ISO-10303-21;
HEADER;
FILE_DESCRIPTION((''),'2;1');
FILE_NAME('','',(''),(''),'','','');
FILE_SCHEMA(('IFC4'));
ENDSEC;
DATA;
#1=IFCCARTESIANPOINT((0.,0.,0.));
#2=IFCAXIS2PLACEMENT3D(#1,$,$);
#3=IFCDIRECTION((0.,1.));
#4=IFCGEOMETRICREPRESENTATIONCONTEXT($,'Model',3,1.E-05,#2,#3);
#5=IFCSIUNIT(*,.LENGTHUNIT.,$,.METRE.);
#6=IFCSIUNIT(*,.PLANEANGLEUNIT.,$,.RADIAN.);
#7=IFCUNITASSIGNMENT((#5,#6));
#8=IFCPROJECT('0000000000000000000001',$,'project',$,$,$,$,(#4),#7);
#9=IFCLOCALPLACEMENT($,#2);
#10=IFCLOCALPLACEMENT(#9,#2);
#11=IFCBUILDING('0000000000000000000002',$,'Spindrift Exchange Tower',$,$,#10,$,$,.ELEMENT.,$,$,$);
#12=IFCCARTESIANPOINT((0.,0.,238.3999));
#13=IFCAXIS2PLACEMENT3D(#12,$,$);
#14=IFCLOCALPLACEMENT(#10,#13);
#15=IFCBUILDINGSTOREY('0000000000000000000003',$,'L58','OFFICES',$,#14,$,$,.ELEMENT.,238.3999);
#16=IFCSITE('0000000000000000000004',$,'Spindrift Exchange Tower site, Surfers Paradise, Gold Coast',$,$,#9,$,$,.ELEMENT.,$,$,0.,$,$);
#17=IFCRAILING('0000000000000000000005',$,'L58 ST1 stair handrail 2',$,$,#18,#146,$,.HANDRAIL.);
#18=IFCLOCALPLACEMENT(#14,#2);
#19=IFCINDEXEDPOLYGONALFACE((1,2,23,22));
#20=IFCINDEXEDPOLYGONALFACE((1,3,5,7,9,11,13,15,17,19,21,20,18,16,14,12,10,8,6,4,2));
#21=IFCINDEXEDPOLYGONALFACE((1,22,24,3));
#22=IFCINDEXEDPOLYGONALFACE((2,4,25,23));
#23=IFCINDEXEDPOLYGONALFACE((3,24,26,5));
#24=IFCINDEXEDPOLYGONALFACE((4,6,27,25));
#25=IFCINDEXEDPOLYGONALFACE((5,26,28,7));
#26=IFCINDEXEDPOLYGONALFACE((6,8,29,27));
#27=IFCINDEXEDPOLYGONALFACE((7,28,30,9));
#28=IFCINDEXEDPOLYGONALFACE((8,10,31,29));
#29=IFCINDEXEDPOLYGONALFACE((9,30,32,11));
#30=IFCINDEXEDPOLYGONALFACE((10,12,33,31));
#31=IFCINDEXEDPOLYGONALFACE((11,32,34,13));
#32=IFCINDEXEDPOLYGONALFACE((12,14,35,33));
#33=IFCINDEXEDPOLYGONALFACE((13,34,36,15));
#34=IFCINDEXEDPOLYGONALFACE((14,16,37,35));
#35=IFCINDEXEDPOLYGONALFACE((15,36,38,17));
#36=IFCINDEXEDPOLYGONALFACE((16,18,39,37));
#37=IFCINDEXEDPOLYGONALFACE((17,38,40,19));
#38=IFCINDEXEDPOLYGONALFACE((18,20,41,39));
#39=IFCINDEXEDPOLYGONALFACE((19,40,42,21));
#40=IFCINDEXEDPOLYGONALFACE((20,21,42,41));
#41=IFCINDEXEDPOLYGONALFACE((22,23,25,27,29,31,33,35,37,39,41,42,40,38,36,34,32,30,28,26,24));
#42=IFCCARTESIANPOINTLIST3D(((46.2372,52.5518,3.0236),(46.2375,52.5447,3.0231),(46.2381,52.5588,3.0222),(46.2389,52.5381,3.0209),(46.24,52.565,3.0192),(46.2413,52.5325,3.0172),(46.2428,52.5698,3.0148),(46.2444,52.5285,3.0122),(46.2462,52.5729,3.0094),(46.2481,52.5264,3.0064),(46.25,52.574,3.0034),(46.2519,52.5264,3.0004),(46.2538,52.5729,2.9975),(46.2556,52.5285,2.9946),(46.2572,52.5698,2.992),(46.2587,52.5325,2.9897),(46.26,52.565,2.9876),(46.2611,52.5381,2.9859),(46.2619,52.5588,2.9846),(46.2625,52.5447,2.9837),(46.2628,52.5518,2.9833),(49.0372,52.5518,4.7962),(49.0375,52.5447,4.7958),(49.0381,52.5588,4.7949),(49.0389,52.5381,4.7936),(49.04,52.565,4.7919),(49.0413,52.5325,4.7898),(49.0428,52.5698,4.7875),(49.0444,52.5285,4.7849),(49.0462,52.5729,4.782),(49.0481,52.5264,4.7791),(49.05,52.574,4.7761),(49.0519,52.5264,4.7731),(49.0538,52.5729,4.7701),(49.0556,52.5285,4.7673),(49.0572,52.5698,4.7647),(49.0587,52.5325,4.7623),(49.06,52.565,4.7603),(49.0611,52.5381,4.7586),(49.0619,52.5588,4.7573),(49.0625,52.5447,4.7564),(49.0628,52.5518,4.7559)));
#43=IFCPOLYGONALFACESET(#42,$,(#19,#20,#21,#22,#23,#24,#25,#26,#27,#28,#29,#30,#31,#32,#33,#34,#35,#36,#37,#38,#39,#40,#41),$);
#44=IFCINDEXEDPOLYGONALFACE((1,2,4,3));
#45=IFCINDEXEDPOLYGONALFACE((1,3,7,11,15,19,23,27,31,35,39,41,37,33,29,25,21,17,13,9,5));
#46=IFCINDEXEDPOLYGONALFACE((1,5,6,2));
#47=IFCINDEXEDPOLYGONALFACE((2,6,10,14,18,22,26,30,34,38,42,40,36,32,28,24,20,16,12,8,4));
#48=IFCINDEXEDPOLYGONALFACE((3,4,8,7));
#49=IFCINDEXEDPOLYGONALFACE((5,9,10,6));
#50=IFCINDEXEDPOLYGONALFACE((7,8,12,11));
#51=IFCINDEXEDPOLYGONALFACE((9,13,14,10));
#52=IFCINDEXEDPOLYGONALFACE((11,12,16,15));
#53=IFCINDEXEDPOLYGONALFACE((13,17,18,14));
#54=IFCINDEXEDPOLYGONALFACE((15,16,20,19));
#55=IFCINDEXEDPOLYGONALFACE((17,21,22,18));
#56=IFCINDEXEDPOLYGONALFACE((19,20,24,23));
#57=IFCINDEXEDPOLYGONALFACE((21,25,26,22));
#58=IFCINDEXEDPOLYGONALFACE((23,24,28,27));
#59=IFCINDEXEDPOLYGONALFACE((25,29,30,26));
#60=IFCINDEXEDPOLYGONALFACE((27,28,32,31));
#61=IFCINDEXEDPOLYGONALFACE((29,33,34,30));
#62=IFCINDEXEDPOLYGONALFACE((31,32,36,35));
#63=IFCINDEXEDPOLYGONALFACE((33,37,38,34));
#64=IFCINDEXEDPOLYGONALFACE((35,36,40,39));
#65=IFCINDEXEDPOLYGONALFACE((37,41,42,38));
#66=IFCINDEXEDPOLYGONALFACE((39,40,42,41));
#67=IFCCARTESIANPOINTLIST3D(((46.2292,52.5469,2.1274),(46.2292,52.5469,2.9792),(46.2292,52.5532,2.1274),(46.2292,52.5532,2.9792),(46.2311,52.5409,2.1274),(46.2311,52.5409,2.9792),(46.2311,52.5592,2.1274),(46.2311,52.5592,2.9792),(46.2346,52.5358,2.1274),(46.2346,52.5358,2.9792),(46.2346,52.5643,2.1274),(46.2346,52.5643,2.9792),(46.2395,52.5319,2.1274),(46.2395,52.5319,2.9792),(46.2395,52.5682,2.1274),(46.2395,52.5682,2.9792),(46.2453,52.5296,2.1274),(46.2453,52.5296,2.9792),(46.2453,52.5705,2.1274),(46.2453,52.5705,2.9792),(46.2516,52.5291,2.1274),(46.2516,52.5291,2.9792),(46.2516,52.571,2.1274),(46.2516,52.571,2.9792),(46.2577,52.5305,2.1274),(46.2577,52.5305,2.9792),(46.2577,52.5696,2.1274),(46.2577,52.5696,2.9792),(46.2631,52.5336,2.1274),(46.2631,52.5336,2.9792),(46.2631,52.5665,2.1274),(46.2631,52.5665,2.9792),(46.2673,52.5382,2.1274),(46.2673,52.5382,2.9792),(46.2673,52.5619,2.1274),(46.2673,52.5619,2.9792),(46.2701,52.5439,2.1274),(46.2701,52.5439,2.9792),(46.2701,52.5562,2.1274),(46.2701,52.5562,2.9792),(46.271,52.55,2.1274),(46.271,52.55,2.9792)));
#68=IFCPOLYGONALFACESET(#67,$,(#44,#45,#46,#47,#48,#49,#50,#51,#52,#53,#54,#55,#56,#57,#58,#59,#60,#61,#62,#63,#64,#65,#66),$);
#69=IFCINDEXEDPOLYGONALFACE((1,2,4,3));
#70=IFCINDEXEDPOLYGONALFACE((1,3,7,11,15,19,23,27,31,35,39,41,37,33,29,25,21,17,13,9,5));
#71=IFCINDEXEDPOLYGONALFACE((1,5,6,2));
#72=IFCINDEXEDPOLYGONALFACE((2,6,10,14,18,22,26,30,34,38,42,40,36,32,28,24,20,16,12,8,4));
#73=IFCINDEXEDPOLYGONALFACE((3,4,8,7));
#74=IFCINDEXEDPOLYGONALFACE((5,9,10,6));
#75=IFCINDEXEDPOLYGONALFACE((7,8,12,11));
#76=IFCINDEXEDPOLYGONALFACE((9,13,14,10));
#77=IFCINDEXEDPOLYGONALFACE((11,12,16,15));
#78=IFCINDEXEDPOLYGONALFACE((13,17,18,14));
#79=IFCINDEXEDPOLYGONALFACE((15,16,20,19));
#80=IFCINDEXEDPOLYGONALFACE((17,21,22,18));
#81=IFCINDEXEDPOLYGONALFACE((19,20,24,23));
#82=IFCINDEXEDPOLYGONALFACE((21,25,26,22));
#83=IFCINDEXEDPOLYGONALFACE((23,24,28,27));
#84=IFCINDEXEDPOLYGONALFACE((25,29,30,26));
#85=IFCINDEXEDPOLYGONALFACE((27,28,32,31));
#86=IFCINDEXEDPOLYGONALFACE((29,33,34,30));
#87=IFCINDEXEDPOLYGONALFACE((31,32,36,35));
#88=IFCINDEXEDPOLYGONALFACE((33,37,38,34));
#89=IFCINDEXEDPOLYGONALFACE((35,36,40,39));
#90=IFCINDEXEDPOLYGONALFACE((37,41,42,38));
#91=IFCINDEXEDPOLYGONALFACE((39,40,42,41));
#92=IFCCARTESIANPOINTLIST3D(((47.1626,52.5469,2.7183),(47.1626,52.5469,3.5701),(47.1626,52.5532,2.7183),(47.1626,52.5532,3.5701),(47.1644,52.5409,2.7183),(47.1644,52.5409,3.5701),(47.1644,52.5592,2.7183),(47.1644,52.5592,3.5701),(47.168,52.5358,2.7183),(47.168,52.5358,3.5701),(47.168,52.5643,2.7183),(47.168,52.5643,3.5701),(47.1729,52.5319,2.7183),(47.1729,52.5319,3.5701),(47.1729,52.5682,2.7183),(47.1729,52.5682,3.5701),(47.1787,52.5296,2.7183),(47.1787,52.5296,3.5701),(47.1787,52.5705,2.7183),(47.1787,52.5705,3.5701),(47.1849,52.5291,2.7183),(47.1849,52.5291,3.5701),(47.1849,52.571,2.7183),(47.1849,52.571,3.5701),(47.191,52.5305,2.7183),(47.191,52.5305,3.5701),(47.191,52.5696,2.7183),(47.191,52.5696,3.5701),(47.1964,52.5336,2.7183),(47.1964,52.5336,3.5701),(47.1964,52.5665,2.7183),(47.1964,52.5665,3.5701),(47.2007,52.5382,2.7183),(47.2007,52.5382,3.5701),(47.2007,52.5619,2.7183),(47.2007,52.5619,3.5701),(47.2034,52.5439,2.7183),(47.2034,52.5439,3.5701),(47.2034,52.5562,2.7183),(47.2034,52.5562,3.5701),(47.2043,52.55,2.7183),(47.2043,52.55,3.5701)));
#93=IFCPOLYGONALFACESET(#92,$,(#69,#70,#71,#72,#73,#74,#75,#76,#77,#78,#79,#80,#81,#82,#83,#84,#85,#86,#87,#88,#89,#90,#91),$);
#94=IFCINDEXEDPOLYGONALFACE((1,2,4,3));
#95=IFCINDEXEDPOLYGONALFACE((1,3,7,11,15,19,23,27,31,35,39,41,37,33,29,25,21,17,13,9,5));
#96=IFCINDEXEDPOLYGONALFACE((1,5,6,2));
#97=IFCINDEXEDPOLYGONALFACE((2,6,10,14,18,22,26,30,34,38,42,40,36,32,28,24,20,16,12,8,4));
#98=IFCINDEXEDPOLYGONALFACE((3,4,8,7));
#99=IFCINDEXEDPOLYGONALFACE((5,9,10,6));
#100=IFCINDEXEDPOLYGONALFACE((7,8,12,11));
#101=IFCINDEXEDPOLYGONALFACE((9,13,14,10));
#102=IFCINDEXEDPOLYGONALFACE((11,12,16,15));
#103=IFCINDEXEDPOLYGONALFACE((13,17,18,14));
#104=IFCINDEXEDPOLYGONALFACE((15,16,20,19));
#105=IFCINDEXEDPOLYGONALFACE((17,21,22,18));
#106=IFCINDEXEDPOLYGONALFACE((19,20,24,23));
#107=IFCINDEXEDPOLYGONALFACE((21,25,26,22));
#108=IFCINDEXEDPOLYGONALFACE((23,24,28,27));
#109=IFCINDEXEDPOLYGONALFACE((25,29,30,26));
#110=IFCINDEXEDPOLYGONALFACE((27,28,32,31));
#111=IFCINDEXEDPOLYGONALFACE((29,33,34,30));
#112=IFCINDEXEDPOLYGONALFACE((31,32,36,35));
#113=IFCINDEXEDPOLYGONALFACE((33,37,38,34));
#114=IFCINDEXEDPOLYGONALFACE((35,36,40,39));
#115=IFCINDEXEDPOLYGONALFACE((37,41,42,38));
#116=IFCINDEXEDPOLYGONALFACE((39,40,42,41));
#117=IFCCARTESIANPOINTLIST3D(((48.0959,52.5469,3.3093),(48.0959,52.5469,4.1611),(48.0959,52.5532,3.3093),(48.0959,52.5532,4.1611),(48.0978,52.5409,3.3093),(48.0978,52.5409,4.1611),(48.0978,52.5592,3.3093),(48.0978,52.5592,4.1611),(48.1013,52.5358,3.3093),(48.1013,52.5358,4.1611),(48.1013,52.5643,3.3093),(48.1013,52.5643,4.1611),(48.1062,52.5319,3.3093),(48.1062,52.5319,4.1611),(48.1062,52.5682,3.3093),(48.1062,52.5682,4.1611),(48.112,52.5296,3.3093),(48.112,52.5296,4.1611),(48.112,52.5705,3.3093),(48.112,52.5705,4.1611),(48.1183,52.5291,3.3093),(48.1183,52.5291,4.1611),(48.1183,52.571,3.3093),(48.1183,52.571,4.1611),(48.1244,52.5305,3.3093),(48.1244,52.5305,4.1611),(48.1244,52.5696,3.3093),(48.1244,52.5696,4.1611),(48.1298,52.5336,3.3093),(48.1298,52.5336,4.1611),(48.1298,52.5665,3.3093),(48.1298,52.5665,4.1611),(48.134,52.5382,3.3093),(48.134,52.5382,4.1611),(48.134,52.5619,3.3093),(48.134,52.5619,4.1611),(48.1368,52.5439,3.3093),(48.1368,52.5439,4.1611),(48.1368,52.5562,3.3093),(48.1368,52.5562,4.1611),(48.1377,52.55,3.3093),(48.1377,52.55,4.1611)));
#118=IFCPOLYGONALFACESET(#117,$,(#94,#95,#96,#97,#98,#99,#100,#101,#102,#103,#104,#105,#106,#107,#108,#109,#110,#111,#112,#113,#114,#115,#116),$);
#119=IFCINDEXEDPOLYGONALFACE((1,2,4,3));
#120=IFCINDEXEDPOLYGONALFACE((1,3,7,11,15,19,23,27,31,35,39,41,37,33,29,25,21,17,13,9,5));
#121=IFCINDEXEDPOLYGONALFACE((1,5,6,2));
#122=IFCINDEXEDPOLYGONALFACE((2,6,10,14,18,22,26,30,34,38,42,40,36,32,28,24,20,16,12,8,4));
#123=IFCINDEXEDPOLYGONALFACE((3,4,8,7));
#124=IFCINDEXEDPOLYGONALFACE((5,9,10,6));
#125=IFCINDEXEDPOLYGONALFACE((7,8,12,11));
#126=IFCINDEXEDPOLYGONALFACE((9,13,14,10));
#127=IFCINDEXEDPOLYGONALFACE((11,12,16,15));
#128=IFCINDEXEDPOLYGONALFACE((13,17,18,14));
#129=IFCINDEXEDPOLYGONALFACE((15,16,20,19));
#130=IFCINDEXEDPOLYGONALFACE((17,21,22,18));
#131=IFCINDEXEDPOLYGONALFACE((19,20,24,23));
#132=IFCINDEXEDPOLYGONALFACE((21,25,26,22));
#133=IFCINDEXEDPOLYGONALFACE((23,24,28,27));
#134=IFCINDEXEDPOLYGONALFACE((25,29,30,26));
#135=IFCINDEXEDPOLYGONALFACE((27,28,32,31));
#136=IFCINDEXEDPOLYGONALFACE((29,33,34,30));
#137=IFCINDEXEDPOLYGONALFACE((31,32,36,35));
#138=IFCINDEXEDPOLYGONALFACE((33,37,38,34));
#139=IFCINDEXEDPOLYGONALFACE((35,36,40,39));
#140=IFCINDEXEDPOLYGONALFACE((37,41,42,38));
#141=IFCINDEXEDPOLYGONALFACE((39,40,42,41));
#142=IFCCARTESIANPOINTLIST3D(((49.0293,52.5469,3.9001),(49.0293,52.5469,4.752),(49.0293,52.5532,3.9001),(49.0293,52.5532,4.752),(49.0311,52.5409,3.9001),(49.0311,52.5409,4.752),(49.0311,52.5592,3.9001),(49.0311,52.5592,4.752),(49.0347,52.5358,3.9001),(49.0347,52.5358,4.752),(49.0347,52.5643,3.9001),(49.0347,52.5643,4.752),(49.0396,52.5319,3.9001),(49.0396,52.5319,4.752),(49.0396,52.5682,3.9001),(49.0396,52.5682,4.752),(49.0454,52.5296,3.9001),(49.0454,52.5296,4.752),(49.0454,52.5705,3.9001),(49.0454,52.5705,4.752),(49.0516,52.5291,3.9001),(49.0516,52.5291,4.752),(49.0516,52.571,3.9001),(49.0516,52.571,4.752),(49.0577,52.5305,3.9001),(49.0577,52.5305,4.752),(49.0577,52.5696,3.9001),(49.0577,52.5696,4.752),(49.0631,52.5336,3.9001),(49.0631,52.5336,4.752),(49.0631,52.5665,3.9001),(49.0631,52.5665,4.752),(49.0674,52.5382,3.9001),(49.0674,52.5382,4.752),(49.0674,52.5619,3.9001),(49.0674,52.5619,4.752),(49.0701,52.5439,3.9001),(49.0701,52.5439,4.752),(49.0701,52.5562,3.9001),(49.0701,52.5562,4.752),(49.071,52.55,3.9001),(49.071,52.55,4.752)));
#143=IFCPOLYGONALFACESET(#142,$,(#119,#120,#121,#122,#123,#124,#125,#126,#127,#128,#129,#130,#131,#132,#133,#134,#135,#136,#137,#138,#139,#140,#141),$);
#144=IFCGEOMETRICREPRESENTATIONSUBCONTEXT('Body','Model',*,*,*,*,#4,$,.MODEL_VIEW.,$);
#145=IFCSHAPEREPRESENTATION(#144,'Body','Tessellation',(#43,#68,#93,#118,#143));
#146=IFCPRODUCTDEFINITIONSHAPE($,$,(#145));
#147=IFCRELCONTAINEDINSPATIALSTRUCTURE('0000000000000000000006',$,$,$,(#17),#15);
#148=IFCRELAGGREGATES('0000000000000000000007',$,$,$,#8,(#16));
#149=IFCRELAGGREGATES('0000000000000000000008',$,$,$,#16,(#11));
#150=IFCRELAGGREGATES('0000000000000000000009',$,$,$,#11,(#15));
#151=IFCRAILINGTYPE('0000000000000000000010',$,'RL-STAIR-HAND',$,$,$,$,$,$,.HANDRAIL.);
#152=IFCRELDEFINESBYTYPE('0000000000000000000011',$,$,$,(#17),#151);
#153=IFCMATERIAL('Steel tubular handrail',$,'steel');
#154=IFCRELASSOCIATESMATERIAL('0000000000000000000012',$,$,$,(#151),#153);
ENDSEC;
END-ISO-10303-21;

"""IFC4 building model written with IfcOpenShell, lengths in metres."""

from ifc_helpers import new_model, si_unit, direction, frame, origin, origin_2d, place, context, subcontext, project, spatial, circle, extrude, material, type_object, element, save


model = new_model("IFC4")

# Units and contexts
model_context = context("Model", 3, precision=1e-05, world=origin(), true_north=direction((0.0, 1.0)))
body_context = subcontext(model_context, "Body", "Model", "MODEL_VIEW")
ifc_project = project(units=[si_unit("LENGTHUNIT", "METRE"), si_unit("PLANEANGLEUNIT", "RADIAN")], contexts=[model_context])

# Site, building, storey
site_placement = place(None, origin())
site = spatial("IfcSite", under=ifc_project, at=site_placement, Name="Spindrift Exchange Tower site, Surfers Paradise, Gold Coast", CompositionType="ELEMENT", RefElevation=0.0)
building_placement = place(site_placement, origin())
building = spatial("IfcBuilding", under=site, at=building_placement, Name="Spindrift Exchange Tower", CompositionType="ELEMENT")
storey_placement = place(building_placement, frame((0.0, 0.0, 238.3999)))
storey = spatial("IfcBuildingStorey", under=building, at=storey_placement, Name="L58", Description="OFFICES", CompositionType="ELEMENT", Elevation=238.3999)

# Railing
ifc_material_1 = material(Name="Steel tubular handrail", Category="steel")
railing_type_1 = type_object("IfcRailingType", Name="RL-STAIR-HAND", PredefinedType="HANDRAIL", material=ifc_material_1)
railing_1_placement = place(storey_placement, frame((46.25, 52.55, 2.1274)))
element("IfcRailing", 1, at=railing_1_placement, inside=storey, type_object=railing_type_1, Name="L58 ST1 stair handrail 2", PredefinedType="HANDRAIL", context=body_context, shape_type="SweptSolid", body=[
    extrude(circle(Radius=0.0239, at=origin_2d()), frame((0.0, 0.0, 0.876), z_axis=(0.844909, 0.0, 0.53491), x_axis=(0.0, 1.0, 0.0)), (0.0, 0.0, 1.0), 3.314),
    extrude(circle(Radius=0.021, at=origin_2d()), origin(), (0.0, 0.0, 1.0), 0.8518),
    extrude(circle(Radius=0.021, at=origin_2d()), frame((0.9333, 0.0, 0.5908)), (0.0, 0.0, 1.0), 0.8518),
    extrude(circle(Radius=0.021, at=origin_2d()), frame((1.8667, 0.0, 1.1819)), (0.0, 0.0, 1.0), 0.8518),
    extrude(circle(Radius=0.021, at=origin_2d()), frame((2.8, 0.0, 1.7727)), (0.0, 0.0, 1.0), 0.8518),
])

save(model, "model.ifc")
